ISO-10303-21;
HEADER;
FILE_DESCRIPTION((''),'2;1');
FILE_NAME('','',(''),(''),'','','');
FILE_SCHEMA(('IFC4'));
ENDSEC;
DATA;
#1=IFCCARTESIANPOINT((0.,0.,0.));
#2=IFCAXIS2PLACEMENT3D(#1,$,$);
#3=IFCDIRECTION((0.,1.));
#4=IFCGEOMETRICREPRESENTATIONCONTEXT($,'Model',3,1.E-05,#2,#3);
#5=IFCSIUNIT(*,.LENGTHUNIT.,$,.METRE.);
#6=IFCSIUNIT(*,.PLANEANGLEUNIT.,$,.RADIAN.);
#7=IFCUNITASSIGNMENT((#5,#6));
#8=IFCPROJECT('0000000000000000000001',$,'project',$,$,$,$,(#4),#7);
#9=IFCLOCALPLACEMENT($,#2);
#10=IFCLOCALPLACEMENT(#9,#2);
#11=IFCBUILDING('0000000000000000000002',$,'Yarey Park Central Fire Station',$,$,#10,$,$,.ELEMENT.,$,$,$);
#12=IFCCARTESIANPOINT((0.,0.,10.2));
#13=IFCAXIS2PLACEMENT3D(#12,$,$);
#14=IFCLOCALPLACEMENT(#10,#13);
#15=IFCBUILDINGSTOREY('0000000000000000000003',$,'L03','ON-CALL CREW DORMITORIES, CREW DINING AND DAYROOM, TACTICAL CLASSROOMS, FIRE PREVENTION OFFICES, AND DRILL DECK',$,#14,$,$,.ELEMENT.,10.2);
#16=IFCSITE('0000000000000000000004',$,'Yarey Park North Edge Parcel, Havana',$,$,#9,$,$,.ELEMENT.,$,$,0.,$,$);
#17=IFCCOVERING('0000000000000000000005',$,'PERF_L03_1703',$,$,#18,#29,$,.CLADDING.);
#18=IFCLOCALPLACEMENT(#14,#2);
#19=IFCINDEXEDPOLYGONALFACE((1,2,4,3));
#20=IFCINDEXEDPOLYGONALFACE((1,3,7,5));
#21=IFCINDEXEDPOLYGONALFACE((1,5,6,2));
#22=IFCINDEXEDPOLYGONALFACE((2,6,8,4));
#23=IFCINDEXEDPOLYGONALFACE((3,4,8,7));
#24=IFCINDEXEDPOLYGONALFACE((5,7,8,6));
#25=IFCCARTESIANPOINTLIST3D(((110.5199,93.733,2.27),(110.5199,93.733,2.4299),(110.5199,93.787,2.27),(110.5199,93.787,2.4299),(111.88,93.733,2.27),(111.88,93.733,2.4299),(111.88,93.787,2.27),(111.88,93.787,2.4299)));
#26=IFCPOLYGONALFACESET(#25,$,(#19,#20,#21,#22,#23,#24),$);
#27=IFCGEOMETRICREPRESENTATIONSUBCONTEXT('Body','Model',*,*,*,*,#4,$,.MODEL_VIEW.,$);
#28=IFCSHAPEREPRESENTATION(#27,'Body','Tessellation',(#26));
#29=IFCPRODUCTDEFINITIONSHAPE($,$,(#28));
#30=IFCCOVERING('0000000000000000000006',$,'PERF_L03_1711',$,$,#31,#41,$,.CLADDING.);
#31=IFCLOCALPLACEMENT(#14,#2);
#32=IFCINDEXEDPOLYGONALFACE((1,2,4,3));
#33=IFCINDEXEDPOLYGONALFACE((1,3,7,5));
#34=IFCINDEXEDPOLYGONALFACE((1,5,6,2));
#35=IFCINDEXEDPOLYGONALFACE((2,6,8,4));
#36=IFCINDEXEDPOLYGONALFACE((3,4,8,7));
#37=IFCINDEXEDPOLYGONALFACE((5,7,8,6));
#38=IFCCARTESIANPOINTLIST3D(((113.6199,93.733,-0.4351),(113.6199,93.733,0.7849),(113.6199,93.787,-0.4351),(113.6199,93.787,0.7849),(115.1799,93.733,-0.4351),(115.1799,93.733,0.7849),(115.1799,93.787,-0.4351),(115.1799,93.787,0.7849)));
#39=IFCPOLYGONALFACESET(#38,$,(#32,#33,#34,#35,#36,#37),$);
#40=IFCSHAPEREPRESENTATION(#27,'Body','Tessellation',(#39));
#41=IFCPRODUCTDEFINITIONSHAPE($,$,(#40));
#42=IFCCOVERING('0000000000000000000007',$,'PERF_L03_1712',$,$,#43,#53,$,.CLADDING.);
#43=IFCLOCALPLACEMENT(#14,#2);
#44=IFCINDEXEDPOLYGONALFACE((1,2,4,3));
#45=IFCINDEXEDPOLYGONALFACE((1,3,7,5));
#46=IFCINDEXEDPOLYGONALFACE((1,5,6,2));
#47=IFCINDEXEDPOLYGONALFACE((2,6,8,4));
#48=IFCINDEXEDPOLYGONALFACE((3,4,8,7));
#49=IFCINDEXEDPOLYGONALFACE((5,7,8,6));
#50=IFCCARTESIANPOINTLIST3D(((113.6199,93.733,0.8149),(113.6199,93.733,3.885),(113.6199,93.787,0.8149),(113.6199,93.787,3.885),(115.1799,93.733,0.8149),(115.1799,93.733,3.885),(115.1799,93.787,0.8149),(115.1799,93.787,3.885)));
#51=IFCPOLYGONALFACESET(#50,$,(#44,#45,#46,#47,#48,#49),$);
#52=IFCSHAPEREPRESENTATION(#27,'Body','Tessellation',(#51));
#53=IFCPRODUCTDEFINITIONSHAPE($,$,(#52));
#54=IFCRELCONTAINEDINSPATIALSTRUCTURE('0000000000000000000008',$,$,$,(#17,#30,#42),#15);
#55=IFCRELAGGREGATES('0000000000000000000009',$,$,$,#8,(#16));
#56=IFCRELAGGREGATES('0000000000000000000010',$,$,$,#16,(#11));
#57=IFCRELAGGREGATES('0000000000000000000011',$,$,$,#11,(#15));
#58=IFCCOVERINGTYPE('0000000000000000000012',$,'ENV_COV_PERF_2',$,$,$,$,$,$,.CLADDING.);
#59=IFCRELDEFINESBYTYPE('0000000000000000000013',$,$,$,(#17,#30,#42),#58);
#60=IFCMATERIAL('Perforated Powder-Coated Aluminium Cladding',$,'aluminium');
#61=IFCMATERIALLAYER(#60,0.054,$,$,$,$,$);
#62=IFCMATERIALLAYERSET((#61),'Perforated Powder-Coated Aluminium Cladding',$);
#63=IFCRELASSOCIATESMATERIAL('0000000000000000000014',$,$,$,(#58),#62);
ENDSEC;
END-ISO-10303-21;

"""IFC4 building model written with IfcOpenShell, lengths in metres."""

from ifc_helpers import new_model, si_unit, direction, frame, origin, origin_2d, place, context, subcontext, project, spatial, rectangle, extrude, material, layer, layer_set, type_object, element, save


model = new_model("IFC4")

# Units and contexts
model_context = context("Model", 3, precision=1e-05, world=origin(), true_north=direction((0.0, 1.0)))
body_context = subcontext(model_context, "Body", "Model", "MODEL_VIEW")
ifc_project = project(units=[si_unit("LENGTHUNIT", "METRE"), si_unit("PLANEANGLEUNIT", "RADIAN")], contexts=[model_context])

# Site, building, storey
site_placement = place(None, origin())
site = spatial("IfcSite", under=ifc_project, at=site_placement, Name="Yarey Park North Edge Parcel, Havana", CompositionType="ELEMENT", RefElevation=0.0)
building_placement = place(site_placement, origin())
building = spatial("IfcBuilding", under=site, at=building_placement, Name="Yarey Park Central Fire Station", CompositionType="ELEMENT")
storey_placement = place(building_placement, frame((0.0, 0.0, 10.2)))
storey = spatial("IfcBuildingStorey", under=building, at=storey_placement, Name="L03", Description="ON-CALL CREW DORMITORIES, CREW DINING AND DAYROOM, TACTICAL CLASSROOMS, FIRE PREVENTION OFFICES, AND DRILL DECK", CompositionType="ELEMENT", Elevation=10.2)

# Coverings
ifc_material_1 = material(Name="Perforated Powder-Coated Aluminium Cladding", Category="aluminium")
ifc_layer_1 = layer(ifc_material_1, 0.054)
ifc_layer_set_1 = layer_set([ifc_layer_1], Name="Perforated Powder-Coated Aluminium Cladding")
covering_type_1 = type_object("IfcCoveringType", Name="ENV_COV_PERF_2", PredefinedType="CLADDING", material=ifc_layer_set_1)
covering_1_placement = place(storey_placement, frame((111.2, 93.76, 2.27), z_axis=(0.0, 0.0, 1.0), x_axis=(1.0, 0.0, 0.0)))
element("IfcCovering", 1, at=covering_1_placement, inside=storey, type_object=covering_type_1, Name="PERF_L03_1703", PredefinedType="CLADDING", context=body_context, shape_type="SweptSolid", body=[
    extrude(rectangle(XDim=1.3601, YDim=0.054, at=origin_2d()), origin(), (0.0, 0.0, 1.0), 0.1599),
])
covering_2_placement = place(storey_placement, frame((114.3999, 93.76, -0.4351), z_axis=(0.0, 0.0, 1.0), x_axis=(1.0, 0.0, 0.0)))
element("IfcCovering", 2, at=covering_2_placement, inside=storey, type_object=covering_type_1, Name="PERF_L03_1711", PredefinedType="CLADDING", context=body_context, shape_type="SweptSolid", body=[
    extrude(rectangle(XDim=1.5601, YDim=0.054, at=origin_2d()), origin(), (0.0, 0.0, 1.0), 1.22),
])
covering_3_placement = place(storey_placement, frame((114.3999, 93.76, 0.8149), z_axis=(0.0, 0.0, 1.0), x_axis=(1.0, 0.0, 0.0)))
element("IfcCovering", 3, at=covering_3_placement, inside=storey, type_object=covering_type_1, Name="PERF_L03_1712", PredefinedType="CLADDING", context=body_context, shape_type="SweptSolid", body=[
    extrude(rectangle(XDim=1.5601, YDim=0.054, at=origin_2d()), origin(), (0.0, 0.0, 1.0), 3.0701),
])

save(model, "model.ifc")
